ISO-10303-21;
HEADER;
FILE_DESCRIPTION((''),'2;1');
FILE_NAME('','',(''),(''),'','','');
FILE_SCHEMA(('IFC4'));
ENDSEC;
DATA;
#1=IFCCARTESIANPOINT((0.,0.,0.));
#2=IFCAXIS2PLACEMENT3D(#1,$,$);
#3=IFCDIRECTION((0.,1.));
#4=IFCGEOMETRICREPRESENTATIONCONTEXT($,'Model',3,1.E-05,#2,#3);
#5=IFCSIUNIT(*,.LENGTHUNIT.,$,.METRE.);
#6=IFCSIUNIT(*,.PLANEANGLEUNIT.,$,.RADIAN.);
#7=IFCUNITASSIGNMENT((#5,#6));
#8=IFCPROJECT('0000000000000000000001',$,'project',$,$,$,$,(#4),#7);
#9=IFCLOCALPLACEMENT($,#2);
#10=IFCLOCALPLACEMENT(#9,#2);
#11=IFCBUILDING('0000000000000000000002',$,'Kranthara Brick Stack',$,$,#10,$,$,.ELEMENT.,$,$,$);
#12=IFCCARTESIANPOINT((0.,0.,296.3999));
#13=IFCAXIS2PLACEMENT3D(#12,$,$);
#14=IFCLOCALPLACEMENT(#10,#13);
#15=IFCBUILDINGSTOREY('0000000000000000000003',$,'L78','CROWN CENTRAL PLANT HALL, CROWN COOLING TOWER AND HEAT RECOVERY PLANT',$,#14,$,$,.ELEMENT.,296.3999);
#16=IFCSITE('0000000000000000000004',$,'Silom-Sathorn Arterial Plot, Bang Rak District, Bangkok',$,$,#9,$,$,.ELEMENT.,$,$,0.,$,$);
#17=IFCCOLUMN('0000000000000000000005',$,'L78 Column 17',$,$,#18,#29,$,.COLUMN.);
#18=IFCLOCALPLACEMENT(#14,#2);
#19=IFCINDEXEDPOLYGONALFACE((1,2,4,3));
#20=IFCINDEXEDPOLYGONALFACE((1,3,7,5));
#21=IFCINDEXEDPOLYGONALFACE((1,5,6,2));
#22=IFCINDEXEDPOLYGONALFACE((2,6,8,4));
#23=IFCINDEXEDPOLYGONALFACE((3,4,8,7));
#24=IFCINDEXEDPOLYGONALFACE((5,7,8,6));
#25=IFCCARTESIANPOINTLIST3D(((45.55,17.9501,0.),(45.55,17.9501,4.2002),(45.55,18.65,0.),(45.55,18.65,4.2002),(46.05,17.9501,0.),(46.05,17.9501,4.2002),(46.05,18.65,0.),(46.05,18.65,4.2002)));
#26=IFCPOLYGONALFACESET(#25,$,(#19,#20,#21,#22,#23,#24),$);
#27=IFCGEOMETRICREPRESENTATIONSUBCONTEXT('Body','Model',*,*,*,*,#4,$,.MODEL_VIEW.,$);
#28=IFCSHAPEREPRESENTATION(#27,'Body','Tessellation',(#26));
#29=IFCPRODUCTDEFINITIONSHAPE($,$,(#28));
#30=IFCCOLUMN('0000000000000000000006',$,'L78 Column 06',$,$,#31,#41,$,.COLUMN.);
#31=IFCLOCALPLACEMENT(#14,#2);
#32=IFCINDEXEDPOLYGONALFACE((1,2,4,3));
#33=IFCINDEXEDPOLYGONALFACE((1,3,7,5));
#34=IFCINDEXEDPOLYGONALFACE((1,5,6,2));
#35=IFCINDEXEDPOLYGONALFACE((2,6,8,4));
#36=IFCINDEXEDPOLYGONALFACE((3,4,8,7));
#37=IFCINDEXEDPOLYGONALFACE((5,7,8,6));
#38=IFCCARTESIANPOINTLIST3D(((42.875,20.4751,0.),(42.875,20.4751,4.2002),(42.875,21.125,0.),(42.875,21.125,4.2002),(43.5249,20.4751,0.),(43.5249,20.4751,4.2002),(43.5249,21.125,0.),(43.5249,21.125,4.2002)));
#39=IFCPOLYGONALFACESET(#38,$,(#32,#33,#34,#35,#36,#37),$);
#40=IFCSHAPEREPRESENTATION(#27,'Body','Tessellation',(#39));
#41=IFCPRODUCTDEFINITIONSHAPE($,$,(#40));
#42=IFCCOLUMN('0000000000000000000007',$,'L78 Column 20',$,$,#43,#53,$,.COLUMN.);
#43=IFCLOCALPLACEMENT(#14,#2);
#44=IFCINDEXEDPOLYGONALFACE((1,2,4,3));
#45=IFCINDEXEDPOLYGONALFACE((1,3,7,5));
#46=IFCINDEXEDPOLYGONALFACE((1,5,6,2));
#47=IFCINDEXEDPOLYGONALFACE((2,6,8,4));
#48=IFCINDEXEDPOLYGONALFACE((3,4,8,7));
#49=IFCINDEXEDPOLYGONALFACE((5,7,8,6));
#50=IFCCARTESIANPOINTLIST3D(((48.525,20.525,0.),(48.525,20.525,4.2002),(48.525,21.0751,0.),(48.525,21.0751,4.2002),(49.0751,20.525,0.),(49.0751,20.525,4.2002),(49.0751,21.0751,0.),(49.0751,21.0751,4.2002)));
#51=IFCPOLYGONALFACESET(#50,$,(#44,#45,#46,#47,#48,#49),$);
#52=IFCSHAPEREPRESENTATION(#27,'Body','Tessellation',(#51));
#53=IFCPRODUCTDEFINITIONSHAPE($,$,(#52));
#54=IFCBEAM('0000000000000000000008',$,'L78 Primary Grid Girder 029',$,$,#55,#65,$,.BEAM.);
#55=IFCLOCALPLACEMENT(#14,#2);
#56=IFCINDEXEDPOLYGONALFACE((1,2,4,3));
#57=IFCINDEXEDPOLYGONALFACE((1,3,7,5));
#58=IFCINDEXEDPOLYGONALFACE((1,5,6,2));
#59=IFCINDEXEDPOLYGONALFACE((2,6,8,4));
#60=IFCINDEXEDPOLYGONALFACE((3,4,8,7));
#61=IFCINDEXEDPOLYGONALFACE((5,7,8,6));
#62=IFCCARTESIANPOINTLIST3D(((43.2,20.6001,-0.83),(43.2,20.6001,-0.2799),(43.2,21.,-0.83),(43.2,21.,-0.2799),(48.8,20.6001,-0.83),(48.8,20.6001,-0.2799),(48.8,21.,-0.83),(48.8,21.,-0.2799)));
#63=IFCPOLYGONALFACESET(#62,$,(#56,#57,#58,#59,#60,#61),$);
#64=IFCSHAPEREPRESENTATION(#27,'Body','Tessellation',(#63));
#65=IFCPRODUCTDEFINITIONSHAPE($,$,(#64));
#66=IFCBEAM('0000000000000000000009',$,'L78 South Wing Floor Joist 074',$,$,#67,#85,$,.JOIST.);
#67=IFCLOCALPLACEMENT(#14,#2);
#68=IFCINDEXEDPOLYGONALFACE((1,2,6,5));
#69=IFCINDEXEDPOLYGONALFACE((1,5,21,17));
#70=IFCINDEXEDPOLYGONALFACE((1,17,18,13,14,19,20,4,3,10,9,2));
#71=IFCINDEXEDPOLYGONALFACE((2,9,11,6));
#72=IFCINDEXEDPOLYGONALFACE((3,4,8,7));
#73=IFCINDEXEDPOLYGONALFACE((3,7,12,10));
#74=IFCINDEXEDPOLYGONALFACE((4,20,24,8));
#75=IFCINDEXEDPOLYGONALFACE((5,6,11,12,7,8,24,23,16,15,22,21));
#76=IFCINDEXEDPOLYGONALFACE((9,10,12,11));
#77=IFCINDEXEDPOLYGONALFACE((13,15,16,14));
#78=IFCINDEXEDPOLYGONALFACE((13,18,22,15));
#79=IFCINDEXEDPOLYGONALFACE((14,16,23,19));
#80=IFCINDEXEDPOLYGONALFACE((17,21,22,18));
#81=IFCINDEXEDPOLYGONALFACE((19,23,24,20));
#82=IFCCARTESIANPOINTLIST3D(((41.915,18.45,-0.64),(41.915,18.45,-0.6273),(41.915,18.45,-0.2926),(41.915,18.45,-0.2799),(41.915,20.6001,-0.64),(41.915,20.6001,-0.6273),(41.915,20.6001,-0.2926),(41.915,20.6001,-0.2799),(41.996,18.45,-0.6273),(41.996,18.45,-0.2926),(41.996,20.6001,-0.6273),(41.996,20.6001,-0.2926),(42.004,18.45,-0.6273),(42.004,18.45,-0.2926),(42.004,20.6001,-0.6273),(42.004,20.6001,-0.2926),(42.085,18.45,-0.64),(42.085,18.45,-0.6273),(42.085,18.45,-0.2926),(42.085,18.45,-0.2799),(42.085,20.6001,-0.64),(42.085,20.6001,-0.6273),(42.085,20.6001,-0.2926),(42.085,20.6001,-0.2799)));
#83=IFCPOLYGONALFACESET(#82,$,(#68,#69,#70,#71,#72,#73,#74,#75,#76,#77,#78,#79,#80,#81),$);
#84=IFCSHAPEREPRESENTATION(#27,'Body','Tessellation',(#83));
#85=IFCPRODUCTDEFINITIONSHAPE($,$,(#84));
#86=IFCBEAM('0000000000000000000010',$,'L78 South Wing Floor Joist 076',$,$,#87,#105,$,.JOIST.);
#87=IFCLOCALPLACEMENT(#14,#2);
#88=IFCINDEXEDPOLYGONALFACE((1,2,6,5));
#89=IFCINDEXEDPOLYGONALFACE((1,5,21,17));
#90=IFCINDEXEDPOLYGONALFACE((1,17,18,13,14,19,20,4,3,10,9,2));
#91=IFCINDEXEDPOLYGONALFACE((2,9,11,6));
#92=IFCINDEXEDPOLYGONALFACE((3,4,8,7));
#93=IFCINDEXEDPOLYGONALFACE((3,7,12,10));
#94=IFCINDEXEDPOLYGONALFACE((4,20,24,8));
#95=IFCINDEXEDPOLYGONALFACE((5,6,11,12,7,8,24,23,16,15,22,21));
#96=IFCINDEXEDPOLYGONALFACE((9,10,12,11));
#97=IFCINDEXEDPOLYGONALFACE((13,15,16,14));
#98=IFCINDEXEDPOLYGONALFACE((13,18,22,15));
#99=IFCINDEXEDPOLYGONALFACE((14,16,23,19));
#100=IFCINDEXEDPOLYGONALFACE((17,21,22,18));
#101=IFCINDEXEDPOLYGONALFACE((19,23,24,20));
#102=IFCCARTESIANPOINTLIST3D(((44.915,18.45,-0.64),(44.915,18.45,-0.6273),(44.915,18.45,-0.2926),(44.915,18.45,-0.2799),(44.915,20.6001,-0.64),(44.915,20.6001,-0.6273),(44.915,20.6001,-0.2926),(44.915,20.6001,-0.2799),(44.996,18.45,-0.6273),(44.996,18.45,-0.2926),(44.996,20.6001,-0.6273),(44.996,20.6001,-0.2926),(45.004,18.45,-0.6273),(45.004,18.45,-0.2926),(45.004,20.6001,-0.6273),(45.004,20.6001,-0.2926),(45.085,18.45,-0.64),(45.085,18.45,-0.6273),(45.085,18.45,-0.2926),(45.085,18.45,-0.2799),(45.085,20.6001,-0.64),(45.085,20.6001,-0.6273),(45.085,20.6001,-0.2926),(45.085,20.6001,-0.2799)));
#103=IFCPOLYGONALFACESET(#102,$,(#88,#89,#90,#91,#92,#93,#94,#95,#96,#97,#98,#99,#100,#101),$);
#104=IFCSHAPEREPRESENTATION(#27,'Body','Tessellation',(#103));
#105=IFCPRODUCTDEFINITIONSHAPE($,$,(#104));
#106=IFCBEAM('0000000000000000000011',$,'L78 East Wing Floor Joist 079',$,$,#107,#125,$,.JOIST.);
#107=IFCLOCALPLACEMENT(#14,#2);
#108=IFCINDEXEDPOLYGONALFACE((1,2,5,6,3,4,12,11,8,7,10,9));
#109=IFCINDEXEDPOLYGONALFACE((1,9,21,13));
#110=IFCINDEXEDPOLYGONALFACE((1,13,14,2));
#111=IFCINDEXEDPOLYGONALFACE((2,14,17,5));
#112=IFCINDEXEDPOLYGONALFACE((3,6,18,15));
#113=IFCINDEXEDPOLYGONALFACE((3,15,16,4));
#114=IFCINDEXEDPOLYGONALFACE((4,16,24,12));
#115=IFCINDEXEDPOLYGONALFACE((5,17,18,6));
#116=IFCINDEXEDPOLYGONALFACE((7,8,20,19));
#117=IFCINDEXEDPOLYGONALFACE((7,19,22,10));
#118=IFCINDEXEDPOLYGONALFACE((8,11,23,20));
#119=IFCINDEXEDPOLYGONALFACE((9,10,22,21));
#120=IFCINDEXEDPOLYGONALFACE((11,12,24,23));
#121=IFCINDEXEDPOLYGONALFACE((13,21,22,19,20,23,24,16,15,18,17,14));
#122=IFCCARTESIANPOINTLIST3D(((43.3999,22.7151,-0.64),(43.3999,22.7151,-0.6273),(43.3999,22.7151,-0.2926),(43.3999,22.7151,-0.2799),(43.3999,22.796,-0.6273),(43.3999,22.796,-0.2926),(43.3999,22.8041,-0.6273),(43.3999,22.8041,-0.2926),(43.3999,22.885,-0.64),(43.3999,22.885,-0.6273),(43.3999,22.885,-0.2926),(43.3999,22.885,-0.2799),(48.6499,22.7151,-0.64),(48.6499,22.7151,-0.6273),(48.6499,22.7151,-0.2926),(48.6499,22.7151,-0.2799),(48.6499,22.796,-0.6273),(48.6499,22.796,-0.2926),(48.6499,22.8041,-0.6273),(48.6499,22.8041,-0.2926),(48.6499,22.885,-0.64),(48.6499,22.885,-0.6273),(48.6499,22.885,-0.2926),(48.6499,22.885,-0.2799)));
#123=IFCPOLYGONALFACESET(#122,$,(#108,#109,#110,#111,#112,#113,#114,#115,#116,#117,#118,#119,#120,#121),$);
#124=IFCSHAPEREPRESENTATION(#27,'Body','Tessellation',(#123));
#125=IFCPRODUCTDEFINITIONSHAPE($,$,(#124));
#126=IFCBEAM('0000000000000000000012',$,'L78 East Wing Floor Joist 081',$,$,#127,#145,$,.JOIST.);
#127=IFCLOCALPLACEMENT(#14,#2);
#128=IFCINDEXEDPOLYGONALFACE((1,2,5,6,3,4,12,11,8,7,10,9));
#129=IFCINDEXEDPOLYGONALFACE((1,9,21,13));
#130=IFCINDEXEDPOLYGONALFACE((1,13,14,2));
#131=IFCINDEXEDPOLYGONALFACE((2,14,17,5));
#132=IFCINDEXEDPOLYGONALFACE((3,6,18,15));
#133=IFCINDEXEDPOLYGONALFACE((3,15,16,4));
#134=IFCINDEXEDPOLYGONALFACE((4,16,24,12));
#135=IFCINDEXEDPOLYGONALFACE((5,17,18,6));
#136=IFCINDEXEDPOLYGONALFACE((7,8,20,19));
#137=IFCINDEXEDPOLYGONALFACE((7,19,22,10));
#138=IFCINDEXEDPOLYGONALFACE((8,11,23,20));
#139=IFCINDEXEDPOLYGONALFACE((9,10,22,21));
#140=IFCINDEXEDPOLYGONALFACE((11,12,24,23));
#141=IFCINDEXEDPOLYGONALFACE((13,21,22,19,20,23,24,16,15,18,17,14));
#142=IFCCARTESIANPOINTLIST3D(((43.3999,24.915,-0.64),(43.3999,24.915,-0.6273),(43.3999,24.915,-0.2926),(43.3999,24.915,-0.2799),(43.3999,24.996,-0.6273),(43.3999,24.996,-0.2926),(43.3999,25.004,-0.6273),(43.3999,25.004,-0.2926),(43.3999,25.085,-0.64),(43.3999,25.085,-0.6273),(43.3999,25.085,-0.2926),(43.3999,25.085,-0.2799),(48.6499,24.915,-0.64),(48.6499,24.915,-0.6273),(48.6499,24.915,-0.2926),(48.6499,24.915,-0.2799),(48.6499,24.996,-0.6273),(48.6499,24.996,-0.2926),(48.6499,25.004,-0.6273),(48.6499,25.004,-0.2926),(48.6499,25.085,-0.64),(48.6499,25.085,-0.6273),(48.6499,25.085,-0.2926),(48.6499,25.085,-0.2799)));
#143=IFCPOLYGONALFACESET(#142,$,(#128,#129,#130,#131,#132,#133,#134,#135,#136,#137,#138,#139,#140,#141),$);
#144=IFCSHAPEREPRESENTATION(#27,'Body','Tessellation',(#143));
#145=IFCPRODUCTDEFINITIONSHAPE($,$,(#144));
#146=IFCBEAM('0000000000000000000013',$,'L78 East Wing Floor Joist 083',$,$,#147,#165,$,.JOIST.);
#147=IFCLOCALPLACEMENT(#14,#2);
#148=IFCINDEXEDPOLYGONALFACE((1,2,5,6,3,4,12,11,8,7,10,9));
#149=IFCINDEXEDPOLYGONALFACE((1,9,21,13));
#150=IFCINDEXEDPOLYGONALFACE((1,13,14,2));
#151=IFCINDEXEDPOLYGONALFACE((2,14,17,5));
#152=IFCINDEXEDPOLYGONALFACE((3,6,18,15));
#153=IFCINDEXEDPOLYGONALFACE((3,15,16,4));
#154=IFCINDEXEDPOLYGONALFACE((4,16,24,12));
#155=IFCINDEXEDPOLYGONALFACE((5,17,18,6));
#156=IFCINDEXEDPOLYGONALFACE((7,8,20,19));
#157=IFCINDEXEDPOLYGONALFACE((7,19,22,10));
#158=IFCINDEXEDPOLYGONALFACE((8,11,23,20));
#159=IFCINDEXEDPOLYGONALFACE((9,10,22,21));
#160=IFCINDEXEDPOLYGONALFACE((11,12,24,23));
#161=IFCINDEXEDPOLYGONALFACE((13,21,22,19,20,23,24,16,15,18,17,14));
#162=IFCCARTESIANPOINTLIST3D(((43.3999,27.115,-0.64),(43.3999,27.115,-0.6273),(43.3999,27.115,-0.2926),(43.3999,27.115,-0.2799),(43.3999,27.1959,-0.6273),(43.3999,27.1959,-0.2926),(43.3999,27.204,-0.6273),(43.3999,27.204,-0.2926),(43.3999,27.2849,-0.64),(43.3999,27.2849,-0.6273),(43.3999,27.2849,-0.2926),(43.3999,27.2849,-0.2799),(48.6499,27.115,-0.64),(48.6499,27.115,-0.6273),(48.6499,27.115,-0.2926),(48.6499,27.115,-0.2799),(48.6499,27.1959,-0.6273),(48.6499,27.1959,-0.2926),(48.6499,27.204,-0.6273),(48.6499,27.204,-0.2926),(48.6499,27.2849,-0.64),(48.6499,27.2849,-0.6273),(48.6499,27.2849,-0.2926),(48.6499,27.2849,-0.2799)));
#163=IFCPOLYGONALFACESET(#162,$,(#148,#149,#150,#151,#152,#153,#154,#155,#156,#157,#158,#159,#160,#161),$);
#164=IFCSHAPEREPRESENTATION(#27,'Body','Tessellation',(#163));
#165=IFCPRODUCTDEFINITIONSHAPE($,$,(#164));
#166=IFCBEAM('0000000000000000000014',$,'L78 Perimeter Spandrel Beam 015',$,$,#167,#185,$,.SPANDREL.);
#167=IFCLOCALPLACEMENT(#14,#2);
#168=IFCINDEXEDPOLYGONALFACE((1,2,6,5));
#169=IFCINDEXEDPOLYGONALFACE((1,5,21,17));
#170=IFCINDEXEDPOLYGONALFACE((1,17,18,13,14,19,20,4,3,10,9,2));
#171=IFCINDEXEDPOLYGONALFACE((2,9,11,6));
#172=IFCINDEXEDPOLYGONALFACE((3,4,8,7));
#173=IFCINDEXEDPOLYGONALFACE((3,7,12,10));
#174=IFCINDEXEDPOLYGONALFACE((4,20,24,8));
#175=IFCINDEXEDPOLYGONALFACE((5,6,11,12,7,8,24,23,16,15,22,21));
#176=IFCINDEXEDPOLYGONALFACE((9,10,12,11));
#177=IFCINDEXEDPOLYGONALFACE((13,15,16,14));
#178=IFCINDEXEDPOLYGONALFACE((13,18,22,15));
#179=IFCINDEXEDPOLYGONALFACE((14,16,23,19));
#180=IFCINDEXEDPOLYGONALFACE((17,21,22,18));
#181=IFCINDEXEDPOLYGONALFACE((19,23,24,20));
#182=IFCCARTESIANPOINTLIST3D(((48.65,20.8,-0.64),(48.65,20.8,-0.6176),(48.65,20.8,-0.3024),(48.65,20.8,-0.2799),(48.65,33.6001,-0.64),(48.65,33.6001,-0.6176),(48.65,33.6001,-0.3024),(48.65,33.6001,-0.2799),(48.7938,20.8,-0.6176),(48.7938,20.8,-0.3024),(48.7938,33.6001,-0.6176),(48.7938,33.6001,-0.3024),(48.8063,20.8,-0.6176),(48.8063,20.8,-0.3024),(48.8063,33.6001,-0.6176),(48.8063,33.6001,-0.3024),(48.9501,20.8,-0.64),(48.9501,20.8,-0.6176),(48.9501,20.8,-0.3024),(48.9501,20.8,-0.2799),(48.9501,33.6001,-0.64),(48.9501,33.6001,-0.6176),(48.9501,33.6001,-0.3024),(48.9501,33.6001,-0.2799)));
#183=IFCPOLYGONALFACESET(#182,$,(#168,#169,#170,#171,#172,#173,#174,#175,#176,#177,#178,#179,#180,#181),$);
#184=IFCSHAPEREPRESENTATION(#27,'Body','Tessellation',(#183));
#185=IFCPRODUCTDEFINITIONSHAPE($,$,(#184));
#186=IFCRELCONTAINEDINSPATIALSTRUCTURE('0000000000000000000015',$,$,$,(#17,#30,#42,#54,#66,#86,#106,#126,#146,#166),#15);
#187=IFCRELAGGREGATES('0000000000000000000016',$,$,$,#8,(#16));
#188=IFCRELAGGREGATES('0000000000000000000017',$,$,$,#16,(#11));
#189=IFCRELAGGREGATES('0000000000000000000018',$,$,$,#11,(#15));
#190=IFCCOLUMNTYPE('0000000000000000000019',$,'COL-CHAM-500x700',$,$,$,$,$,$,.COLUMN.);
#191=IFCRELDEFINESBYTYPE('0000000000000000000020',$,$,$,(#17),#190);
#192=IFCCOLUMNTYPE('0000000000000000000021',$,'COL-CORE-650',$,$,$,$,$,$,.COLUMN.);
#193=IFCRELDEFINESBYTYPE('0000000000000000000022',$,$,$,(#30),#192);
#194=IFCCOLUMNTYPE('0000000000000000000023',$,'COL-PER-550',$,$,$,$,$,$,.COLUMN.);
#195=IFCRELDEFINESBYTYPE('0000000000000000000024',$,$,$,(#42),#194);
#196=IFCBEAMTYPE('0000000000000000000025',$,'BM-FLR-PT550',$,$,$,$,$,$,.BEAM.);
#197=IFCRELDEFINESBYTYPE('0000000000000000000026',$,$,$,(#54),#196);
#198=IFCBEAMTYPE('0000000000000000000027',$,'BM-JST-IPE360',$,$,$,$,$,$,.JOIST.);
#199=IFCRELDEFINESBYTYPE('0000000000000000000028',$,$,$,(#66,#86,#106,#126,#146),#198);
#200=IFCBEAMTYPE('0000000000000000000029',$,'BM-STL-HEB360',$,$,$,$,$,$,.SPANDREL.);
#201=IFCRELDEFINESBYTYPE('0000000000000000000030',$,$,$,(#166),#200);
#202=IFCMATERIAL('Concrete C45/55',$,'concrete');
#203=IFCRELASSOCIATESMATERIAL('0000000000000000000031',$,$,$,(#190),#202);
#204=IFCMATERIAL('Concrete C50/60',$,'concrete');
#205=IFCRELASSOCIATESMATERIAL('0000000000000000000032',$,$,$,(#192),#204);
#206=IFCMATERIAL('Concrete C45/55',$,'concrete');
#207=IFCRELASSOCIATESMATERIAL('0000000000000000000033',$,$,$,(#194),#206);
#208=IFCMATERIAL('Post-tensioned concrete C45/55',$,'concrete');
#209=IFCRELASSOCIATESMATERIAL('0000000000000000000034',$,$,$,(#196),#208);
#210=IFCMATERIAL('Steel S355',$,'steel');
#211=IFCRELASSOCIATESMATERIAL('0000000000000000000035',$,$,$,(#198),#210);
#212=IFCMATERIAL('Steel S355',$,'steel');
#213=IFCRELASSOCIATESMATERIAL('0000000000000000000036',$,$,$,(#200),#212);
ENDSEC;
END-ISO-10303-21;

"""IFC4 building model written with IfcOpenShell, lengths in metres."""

from ifc_helpers import new_model, si_unit, direction, frame, origin, origin_2d, place, context, subcontext, project, spatial, rectangle, i_section, extrude, material, material_profile, profile_set, type_object, element, save


model = new_model("IFC4")

# Units and contexts
model_context = context("Model", 3, precision=1e-05, world=origin(), true_north=direction((0.0, 1.0)))
body_context = subcontext(model_context, "Body", "Model", "MODEL_VIEW")
ifc_project = project(units=[si_unit("LENGTHUNIT", "METRE"), si_unit("PLANEANGLEUNIT", "RADIAN")], contexts=[model_context])

# Site, building, storey
site_placement = place(None, origin())
site = spatial("IfcSite", under=ifc_project, at=site_placement, Name="Silom-Sathorn Arterial Plot, Bang Rak District, Bangkok", CompositionType="ELEMENT", RefElevation=0.0)
building_placement = place(site_placement, origin())
building = spatial("IfcBuilding", under=site, at=building_placement, Name="Kranthara Brick Stack", CompositionType="ELEMENT")
storey_placement = place(building_placement, frame((0.0, 0.0, 296.3999)))
storey = spatial("IfcBuildingStorey", under=building, at=storey_placement, Name="L78", Description="CROWN CENTRAL PLANT HALL, CROWN COOLING TOWER AND HEAT RECOVERY PLANT", CompositionType="ELEMENT", Elevation=296.3999)

# Columns
ifc_material_1 = material(Name="Concrete C45/55", Category="concrete")
ifc_material_profile_1 = material_profile(ifc_material_1, rectangle(XDim=0.5, YDim=0.7, at=origin_2d()), Name="RC 500x700")
ifc_profile_set_1 = profile_set([ifc_material_profile_1], Name="Concrete C45/55")
column_type_1 = type_object("IfcColumnType", Name="COL-CHAM-500x700", PredefinedType="COLUMN", material=ifc_profile_set_1)
column_1_placement = place(storey_placement, frame((45.8, 18.3, 0.0), z_axis=(0.0, 0.0, 1.0), x_axis=(1.0, 0.0, 0.0)))
element("IfcColumn", 1, at=column_1_placement, inside=storey, type_object=column_type_1, Name="L78 Column 17", PredefinedType="COLUMN", context=body_context, shape_type="SweptSolid", body=[
    extrude(rectangle(XDim=0.5, YDim=0.7, at=origin_2d()), origin(), (0.0, 0.0, 1.0), 4.2002),
])
ifc_material_2 = material(Name="Concrete C50/60", Category="concrete")
ifc_material_profile_2 = material_profile(ifc_material_2, rectangle(XDim=0.6499, YDim=0.6499, at=origin_2d()), Name="RC 650x650")
ifc_profile_set_2 = profile_set([ifc_material_profile_2], Name="Concrete C50/60")
column_type_2 = type_object("IfcColumnType", Name="COL-CORE-650", PredefinedType="COLUMN", material=ifc_profile_set_2)
column_2_placement = place(storey_placement, frame((43.2, 20.8, 0.0), z_axis=(0.0, 0.0, 1.0), x_axis=(1.0, 0.0, 0.0)))
element("IfcColumn", 2, at=column_2_placement, inside=storey, type_object=column_type_2, Name="L78 Column 06", PredefinedType="COLUMN", context=body_context, shape_type="SweptSolid", body=[
    extrude(rectangle(XDim=0.6499, YDim=0.6499, at=origin_2d()), origin(), (0.0, 0.0, 1.0), 4.2002),
])
ifc_material_3 = material(Name="Concrete C45/55", Category="concrete")
ifc_material_profile_3 = material_profile(ifc_material_3, rectangle(XDim=0.55, YDim=0.55, at=origin_2d()), Name="RC 550x550")
ifc_profile_set_3 = profile_set([ifc_material_profile_3], Name="Concrete C45/55")
column_type_3 = type_object("IfcColumnType", Name="COL-PER-550", PredefinedType="COLUMN", material=ifc_profile_set_3)
column_3_placement = place(storey_placement, frame((48.8, 20.8, 0.0), z_axis=(0.0, 0.0, 1.0), x_axis=(1.0, 0.0, 0.0)))
element("IfcColumn", 3, at=column_3_placement, inside=storey, type_object=column_type_3, Name="L78 Column 20", PredefinedType="COLUMN", context=body_context, shape_type="SweptSolid", body=[
    extrude(rectangle(XDim=0.55, YDim=0.55, at=origin_2d()), origin(), (0.0, 0.0, 1.0), 4.2002),
])

# Beams
ifc_material_4 = material(Name="Post-tensioned concrete C45/55", Category="concrete")
ifc_material_profile_4 = material_profile(ifc_material_4, rectangle(XDim=0.3999, YDim=0.55, at=origin_2d()), Name="PT 400x550")
ifc_profile_set_4 = profile_set([ifc_material_profile_4], Name="Post-tensioned concrete C45/55")
beam_type_1 = type_object("IfcBeamType", Name="BM-FLR-PT550", PredefinedType="BEAM", material=ifc_profile_set_4)
beam_1_placement = place(storey_placement, frame((43.2, 20.8, -0.5549), z_axis=(1.0, 0.0, 0.0), x_axis=(0.0, 1.0, 0.0)))
element("IfcBeam", 4, at=beam_1_placement, inside=storey, type_object=beam_type_1, Name="L78 Primary Grid Girder 029", PredefinedType="BEAM", context=body_context, shape_type="SweptSolid", body=[
    extrude(rectangle(XDim=0.3999, YDim=0.55, at=origin_2d()), origin(), (0.0, 0.0, 1.0), 5.6001),
])
ifc_material_5 = material(Name="Steel S355", Category="steel")
ifc_material_profile_5 = material_profile(ifc_material_5, i_section(OverallWidth=0.1699, OverallDepth=0.3601, WebThickness=0.0081, FlangeThickness=0.0127, at=origin_2d()), Name="IPE 360")
ifc_profile_set_5 = profile_set([ifc_material_profile_5], Name="Steel S355")
beam_type_2 = type_object("IfcBeamType", Name="BM-JST-IPE360", PredefinedType="JOIST", material=ifc_profile_set_5)
for number, where, z_axis, x_axis, name in (
    (5, (42.0, 18.45, -0.46), (0.0, 1.0, 0.0), (-1.0, 0.0, 0.0), "L78 South Wing Floor Joist 074"),
    (6, (45.0, 18.45, -0.46), (0.0, 1.0, 0.0), (-1.0, 0.0, 0.0), "L78 South Wing Floor Joist 076"),
):
    element("IfcBeam", number, at=place(storey_placement, frame(where, z_axis=z_axis, x_axis=x_axis)), inside=storey, type_object=beam_type_2, Name=name, PredefinedType="JOIST", context=body_context, shape_type="SweptSolid", body=[
        extrude(i_section(OverallWidth=0.1699, OverallDepth=0.3601, WebThickness=0.0081, FlangeThickness=0.0127, at=origin_2d()), origin(), (0.0, 0.0, 1.0), 2.1501),
    ])
for number, where, z_axis, x_axis, name in (
    (7, (43.3999, 22.8, -0.46), (1.0, 0.0, 0.0), (0.0, 1.0, 0.0), "L78 East Wing Floor Joist 079"),
    (8, (43.3999, 25.0, -0.46), (1.0, 0.0, 0.0), (0.0, 1.0, 0.0), "L78 East Wing Floor Joist 081"),
    (9, (43.3999, 27.2, -0.46), (1.0, 0.0, 0.0), (0.0, 1.0, 0.0), "L78 East Wing Floor Joist 083"),
):
    element("IfcBeam", number, at=place(storey_placement, frame(where, z_axis=z_axis, x_axis=x_axis)), inside=storey, type_object=beam_type_2, Name=name, PredefinedType="JOIST", context=body_context, shape_type="SweptSolid", body=[
        extrude(i_section(OverallWidth=0.1699, OverallDepth=0.3601, WebThickness=0.0081, FlangeThickness=0.0127, at=origin_2d()), origin(), (0.0, 0.0, 1.0), 5.25),
    ])
ifc_material_6 = material(Name="Steel S355", Category="steel")
ifc_material_profile_6 = material_profile(ifc_material_6, i_section(OverallWidth=0.3, OverallDepth=0.3601, WebThickness=0.0125, FlangeThickness=0.0225, at=origin_2d()), Name="HEB 360")
ifc_profile_set_6 = profile_set([ifc_material_profile_6], Name="Steel S355")
beam_type_3 = type_object("IfcBeamType", Name="BM-STL-HEB360", PredefinedType="SPANDREL", material=ifc_profile_set_6)
beam_2_placement = place(storey_placement, frame((48.8, 20.8, -0.46), z_axis=(0.0, 1.0, 0.0), x_axis=(-1.0, 0.0, 0.0)))
element("IfcBeam", 10, at=beam_2_placement, inside=storey, type_object=beam_type_3, Name="L78 Perimeter Spandrel Beam 015", PredefinedType="SPANDREL", context=body_context, shape_type="SweptSolid", body=[
    extrude(i_section(OverallWidth=0.3, OverallDepth=0.3601, WebThickness=0.0125, FlangeThickness=0.0225, at=origin_2d()), origin(), (0.0, 0.0, 1.0), 12.8),
])

save(model, "model.ifc")
